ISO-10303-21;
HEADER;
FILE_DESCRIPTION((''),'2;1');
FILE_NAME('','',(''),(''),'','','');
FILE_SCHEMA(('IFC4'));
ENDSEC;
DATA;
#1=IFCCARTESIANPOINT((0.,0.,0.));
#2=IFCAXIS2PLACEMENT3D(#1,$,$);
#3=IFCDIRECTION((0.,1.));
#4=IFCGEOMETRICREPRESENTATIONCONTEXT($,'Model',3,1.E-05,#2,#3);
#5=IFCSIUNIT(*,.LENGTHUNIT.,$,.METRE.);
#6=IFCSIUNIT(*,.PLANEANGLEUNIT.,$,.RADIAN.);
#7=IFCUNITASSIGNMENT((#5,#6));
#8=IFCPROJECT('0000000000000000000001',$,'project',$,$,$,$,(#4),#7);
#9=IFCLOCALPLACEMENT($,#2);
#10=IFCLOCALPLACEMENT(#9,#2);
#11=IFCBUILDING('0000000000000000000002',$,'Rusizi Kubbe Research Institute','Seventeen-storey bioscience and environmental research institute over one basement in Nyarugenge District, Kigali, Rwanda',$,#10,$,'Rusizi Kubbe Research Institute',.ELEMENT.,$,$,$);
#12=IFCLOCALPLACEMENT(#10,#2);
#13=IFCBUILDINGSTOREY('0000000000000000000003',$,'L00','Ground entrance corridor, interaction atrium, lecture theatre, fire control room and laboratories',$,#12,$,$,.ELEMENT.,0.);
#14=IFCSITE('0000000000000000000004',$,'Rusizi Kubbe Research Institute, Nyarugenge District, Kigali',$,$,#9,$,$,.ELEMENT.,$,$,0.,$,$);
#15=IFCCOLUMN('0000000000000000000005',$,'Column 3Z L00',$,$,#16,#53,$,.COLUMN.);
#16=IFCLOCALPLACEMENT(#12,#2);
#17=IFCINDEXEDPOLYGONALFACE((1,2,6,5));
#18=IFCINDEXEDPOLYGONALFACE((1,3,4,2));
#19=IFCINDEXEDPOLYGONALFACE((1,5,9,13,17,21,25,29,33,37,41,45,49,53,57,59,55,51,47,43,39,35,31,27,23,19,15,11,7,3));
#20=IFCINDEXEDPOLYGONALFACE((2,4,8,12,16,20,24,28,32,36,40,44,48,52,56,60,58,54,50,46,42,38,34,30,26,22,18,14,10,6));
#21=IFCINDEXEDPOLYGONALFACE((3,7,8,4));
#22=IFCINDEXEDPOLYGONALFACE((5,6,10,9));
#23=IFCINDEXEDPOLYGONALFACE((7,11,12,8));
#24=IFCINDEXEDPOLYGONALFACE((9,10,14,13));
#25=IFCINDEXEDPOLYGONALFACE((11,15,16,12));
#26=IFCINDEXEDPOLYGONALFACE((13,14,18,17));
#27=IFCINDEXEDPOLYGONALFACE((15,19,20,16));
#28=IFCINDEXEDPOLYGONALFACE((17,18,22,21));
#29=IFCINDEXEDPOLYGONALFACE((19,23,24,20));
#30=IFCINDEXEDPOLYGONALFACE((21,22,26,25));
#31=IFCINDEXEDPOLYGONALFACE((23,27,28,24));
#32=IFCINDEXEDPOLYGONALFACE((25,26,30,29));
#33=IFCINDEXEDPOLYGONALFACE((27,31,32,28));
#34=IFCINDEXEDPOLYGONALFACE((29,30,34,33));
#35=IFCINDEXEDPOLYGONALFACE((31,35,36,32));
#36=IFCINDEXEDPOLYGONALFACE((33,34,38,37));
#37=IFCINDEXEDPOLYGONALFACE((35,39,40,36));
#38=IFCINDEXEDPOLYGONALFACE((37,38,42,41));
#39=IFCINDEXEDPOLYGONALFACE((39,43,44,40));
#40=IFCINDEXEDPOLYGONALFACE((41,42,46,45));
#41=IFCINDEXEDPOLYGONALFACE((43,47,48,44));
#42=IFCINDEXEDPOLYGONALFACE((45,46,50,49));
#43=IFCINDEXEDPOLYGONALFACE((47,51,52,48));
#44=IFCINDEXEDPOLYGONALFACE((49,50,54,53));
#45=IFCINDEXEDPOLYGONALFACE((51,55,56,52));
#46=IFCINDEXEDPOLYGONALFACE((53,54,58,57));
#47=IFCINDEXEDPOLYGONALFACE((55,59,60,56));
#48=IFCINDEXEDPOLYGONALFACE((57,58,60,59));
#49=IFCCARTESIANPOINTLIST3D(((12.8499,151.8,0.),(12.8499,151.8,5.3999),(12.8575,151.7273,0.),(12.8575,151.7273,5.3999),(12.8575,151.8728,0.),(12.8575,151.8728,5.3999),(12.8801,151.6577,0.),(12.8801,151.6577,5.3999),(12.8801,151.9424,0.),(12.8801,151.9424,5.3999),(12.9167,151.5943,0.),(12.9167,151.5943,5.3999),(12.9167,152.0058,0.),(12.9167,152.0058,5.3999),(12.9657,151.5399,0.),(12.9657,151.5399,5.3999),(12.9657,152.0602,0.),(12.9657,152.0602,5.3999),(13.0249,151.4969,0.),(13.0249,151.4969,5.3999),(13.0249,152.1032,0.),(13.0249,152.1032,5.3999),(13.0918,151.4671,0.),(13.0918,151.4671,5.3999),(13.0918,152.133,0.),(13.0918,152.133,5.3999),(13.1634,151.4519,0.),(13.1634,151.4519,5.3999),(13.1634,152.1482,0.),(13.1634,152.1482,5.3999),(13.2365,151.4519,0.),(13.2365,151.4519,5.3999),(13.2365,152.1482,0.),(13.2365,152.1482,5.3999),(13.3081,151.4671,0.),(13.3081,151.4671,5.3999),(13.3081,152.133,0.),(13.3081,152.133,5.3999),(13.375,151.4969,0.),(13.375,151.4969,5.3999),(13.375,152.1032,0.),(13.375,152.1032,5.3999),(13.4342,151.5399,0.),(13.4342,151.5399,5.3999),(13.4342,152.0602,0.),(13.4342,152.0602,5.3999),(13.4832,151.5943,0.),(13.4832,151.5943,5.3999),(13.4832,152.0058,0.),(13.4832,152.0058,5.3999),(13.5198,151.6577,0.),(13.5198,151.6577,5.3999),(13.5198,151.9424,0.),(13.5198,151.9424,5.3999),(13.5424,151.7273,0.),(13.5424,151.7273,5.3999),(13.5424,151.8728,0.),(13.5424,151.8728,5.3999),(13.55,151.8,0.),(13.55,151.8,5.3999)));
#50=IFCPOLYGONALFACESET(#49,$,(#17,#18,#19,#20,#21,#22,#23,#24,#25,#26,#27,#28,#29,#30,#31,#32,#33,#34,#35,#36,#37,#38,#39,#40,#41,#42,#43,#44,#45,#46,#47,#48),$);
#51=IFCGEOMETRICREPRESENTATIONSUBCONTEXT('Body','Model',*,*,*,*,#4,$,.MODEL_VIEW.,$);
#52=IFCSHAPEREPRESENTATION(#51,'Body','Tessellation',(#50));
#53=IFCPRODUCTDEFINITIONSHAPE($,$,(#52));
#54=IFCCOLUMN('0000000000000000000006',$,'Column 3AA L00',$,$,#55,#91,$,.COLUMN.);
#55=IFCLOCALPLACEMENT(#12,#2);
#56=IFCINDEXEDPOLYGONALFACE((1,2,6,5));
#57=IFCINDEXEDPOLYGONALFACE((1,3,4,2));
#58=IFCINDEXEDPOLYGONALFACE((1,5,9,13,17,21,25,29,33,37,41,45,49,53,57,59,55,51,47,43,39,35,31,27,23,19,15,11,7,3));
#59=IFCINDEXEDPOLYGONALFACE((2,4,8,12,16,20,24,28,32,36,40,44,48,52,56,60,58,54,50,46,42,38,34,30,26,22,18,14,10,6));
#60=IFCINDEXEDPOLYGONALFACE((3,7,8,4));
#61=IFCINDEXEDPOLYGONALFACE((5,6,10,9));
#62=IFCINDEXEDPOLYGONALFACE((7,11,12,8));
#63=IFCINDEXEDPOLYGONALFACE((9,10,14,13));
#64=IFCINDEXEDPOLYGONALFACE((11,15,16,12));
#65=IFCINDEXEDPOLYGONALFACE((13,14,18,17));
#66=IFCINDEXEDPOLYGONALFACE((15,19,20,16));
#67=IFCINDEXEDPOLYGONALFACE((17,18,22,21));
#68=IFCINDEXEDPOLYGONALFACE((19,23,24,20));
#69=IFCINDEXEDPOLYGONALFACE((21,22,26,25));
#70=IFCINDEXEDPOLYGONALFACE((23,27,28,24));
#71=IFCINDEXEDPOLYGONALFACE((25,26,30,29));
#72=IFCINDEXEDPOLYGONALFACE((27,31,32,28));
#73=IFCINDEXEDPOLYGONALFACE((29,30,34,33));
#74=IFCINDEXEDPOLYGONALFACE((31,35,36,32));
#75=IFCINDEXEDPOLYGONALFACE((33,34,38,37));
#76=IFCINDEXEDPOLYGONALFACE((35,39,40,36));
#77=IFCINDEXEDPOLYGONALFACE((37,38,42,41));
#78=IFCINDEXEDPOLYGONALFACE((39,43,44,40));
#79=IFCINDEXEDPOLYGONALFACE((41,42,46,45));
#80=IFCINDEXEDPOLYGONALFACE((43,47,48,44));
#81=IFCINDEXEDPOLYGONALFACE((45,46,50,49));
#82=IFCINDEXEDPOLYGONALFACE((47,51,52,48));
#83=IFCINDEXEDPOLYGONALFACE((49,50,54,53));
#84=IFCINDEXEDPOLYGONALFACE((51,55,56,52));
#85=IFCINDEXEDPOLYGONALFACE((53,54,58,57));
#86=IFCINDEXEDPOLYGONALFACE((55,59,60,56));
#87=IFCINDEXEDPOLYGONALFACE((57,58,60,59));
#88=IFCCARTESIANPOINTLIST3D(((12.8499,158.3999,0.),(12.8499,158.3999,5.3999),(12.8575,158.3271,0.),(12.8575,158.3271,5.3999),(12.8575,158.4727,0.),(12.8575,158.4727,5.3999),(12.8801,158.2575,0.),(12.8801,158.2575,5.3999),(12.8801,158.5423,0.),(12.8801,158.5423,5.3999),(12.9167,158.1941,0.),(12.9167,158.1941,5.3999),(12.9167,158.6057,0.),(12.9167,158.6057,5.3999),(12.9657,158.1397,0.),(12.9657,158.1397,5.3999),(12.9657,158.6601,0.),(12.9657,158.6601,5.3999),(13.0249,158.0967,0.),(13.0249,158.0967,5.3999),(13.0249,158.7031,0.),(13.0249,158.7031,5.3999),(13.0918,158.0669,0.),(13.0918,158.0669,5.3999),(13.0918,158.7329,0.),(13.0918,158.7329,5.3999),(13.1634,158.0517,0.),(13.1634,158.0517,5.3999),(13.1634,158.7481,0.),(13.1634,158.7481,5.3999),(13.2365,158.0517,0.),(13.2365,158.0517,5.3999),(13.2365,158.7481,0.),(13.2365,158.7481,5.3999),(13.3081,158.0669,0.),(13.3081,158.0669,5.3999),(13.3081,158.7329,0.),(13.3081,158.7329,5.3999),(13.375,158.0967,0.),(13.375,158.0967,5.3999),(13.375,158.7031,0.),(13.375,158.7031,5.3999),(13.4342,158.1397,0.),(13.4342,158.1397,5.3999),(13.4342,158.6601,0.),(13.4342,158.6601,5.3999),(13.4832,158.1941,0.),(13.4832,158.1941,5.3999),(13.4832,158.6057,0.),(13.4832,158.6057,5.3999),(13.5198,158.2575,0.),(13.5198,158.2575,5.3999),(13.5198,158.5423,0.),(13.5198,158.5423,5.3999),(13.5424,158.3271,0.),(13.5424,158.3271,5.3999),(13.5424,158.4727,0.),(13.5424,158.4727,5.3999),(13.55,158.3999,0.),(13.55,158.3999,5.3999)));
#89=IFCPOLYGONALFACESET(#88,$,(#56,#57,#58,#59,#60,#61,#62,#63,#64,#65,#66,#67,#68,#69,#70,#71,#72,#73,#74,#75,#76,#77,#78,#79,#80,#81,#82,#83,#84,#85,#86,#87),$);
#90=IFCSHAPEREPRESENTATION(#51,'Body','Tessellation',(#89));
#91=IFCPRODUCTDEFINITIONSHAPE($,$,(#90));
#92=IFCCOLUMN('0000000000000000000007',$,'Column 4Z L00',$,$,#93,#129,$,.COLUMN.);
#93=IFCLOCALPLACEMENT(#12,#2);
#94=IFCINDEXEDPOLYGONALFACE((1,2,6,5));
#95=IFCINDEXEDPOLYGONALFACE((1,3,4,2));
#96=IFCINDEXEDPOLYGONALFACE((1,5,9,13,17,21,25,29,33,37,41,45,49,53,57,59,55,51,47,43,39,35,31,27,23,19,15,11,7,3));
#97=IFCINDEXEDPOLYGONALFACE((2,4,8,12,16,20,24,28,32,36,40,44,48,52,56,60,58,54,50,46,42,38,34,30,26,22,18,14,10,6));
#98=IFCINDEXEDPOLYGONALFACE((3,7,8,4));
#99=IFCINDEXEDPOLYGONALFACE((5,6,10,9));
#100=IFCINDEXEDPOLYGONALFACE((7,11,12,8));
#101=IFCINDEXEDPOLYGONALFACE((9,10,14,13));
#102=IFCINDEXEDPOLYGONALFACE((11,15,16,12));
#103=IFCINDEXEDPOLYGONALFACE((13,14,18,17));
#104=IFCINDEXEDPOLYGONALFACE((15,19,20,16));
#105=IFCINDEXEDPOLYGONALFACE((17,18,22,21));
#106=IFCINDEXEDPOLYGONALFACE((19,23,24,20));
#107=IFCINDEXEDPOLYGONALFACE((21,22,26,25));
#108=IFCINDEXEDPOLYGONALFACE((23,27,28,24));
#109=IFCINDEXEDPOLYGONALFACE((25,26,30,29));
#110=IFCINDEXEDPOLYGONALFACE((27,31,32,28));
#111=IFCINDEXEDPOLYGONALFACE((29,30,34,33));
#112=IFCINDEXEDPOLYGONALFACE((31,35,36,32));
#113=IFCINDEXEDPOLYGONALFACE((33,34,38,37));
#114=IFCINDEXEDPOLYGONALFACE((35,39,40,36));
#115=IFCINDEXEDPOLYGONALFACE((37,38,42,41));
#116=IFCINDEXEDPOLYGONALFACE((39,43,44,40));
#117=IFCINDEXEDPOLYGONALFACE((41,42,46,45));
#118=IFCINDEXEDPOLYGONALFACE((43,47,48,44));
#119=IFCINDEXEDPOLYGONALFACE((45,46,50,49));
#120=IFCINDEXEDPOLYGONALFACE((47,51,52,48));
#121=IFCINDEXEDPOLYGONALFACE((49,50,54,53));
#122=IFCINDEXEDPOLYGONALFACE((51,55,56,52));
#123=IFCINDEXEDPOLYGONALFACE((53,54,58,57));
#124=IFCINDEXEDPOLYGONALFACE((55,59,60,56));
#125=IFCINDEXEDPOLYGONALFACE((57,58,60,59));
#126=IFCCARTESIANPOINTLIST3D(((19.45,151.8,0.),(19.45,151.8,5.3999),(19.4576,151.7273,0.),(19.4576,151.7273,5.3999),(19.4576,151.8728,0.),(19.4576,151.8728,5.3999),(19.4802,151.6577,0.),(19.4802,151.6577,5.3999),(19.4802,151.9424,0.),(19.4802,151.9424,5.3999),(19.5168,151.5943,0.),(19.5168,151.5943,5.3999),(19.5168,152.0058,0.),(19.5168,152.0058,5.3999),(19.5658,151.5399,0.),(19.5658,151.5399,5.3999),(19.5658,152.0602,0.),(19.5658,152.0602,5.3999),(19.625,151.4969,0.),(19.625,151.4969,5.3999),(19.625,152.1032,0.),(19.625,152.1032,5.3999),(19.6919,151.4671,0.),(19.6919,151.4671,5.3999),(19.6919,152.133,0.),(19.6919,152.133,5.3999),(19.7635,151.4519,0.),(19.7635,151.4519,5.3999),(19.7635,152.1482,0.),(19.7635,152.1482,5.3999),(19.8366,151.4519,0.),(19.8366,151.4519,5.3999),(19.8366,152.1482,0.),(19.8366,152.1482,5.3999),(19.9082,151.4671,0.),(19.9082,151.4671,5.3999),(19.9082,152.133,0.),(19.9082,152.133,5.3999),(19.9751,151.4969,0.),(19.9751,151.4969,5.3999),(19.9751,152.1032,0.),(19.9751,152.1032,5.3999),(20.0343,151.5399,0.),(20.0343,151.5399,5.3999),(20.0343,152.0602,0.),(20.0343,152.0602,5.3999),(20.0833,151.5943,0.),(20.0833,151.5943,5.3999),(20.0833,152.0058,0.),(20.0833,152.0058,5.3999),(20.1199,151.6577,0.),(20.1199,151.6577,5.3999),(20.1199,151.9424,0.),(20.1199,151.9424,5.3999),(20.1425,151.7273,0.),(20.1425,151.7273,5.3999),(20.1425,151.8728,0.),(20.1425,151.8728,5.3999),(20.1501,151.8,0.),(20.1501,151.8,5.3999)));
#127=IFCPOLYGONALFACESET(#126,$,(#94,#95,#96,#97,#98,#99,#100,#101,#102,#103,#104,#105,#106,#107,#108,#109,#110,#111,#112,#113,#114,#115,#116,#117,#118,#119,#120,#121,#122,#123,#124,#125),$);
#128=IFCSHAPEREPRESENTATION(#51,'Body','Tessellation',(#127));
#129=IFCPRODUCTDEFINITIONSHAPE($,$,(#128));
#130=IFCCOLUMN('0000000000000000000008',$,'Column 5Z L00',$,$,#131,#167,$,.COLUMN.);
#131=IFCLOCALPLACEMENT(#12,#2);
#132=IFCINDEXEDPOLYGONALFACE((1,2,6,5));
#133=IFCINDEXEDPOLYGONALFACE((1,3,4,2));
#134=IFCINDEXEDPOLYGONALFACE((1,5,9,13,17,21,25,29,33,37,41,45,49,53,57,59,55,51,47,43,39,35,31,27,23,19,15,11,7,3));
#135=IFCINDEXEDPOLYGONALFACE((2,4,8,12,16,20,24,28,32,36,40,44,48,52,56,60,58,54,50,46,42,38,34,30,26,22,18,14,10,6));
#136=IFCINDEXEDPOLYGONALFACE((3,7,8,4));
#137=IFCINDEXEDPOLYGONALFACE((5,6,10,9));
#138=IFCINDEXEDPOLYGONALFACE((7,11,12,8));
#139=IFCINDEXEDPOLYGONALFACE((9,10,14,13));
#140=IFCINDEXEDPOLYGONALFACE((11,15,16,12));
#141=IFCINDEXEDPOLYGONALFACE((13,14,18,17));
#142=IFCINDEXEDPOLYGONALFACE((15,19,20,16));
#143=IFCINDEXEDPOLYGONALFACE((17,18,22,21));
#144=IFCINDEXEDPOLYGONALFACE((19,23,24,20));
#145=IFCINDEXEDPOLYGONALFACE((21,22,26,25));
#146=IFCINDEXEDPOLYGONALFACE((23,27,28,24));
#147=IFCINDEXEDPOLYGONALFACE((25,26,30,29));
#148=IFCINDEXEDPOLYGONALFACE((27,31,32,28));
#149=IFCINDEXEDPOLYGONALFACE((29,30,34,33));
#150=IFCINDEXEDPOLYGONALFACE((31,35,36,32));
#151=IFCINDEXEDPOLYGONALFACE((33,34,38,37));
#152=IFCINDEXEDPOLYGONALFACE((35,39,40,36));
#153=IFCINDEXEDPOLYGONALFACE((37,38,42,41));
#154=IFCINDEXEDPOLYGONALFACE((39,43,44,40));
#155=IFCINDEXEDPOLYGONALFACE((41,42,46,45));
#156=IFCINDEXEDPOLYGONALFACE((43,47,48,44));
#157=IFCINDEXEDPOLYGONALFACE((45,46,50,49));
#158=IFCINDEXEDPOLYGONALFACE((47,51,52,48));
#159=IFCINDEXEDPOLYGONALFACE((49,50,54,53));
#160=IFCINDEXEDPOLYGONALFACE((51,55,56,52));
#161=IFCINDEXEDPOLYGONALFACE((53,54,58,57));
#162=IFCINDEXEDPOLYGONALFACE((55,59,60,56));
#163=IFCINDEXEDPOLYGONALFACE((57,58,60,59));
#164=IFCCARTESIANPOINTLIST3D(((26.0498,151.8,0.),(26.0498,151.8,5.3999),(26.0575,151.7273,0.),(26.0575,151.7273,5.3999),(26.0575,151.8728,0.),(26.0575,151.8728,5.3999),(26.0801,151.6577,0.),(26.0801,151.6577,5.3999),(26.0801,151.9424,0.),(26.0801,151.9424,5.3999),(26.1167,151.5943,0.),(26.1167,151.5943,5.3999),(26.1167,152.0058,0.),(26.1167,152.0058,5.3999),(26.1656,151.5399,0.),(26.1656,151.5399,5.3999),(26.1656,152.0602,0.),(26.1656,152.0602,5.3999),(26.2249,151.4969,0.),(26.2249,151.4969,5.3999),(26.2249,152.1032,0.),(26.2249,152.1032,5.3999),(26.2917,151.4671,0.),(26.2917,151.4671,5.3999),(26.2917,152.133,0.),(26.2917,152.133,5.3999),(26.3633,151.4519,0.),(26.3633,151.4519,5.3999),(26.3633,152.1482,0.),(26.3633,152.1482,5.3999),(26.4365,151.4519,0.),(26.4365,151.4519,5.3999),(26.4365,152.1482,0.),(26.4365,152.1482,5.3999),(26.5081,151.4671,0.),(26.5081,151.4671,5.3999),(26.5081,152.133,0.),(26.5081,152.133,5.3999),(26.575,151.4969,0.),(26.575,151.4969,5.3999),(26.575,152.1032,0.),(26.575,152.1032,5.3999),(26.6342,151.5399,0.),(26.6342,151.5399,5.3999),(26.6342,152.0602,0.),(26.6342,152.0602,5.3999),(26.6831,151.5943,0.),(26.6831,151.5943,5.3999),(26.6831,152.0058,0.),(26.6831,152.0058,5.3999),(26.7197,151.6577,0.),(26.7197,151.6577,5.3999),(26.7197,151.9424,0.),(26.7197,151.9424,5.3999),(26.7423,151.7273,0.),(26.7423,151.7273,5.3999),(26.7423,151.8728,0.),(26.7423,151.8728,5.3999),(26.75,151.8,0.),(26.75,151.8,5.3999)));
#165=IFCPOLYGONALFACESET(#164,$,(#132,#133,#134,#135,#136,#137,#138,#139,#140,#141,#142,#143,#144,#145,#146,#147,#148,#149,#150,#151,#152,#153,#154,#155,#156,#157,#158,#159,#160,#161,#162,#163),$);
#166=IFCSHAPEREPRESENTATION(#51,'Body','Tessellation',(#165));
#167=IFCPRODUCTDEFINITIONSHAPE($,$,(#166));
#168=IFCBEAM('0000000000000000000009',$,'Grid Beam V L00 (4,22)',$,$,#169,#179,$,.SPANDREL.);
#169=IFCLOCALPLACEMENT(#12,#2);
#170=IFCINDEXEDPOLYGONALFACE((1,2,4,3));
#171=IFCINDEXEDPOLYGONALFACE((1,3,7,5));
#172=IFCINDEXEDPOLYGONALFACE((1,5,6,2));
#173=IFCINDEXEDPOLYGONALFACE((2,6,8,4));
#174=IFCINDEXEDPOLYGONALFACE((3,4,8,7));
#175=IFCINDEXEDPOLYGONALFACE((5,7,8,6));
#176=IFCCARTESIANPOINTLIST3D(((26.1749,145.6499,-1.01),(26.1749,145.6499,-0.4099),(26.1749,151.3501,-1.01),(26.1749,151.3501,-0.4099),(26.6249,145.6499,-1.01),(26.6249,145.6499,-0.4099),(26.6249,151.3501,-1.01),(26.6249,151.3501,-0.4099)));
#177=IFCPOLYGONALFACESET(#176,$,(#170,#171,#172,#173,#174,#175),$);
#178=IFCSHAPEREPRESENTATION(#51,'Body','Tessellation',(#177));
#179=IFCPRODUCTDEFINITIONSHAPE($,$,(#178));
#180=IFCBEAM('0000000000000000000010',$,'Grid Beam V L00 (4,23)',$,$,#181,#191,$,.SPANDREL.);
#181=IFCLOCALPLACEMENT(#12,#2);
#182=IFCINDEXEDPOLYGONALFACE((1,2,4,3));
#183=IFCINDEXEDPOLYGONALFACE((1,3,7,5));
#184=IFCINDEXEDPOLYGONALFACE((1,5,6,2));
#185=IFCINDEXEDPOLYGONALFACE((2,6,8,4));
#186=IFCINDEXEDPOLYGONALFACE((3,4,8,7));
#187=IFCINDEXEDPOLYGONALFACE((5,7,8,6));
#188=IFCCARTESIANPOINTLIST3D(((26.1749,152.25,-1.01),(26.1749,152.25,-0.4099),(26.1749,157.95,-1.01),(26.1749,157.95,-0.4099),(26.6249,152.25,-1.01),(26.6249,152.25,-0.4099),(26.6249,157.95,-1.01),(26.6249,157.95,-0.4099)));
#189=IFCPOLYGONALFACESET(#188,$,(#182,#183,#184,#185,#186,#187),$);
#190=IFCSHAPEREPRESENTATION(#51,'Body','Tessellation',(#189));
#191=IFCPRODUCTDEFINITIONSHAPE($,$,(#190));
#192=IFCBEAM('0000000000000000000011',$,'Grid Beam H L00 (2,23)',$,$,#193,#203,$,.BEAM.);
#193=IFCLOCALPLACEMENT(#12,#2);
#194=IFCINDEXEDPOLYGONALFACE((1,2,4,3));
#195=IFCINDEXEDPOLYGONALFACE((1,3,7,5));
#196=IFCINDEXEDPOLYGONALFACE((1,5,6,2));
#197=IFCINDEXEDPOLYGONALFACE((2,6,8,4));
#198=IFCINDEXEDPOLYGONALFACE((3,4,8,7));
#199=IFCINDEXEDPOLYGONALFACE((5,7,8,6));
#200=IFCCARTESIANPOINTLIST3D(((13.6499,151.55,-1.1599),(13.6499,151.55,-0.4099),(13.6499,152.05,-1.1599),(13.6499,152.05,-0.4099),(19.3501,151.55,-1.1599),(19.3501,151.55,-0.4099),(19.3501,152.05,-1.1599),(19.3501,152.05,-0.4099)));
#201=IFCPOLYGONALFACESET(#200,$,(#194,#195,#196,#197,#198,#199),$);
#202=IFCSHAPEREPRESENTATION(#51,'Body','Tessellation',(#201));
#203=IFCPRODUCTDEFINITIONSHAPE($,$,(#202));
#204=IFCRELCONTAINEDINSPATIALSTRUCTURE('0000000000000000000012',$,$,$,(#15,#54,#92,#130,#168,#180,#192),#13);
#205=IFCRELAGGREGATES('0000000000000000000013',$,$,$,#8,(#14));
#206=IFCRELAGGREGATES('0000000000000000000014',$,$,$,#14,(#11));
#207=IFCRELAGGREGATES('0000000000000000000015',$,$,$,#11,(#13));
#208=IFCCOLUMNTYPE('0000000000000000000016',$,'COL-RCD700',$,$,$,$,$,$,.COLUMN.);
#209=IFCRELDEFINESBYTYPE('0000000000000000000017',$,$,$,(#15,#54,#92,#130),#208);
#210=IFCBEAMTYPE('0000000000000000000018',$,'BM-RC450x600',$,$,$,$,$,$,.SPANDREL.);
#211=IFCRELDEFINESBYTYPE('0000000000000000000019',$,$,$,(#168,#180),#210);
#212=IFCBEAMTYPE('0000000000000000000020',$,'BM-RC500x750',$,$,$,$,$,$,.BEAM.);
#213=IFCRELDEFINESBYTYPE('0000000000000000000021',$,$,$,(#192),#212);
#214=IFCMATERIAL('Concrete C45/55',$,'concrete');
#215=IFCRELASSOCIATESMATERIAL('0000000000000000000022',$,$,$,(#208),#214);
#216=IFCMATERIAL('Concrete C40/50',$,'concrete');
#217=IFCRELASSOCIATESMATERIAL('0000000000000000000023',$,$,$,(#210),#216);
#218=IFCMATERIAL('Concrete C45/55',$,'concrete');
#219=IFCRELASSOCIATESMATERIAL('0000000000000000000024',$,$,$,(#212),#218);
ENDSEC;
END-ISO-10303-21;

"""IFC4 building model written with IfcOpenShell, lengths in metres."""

from ifc_helpers import new_model, si_unit, direction, frame, origin, origin_2d, place, context, subcontext, project, spatial, rectangle, circle, extrude, material, material_profile, profile_set, type_object, element, save


model = new_model("IFC4")

# Units and contexts
model_context = context("Model", 3, precision=1e-05, world=origin(), true_north=direction((0.0, 1.0)))
body_context = subcontext(model_context, "Body", "Model", "MODEL_VIEW")
ifc_project = project(units=[si_unit("LENGTHUNIT", "METRE"), si_unit("PLANEANGLEUNIT", "RADIAN")], contexts=[model_context])

# Site, building, storey
site_placement = place(None, origin())
site = spatial("IfcSite", under=ifc_project, at=site_placement, Name="Rusizi Kubbe Research Institute, Nyarugenge District, Kigali", CompositionType="ELEMENT", RefElevation=0.0)
building_placement = place(site_placement, origin())
building = spatial("IfcBuilding", under=site, at=building_placement, Name="Rusizi Kubbe Research Institute", Description="Seventeen-storey bioscience and environmental research institute over one basement in Nyarugenge District, Kigali, Rwanda", LongName="Rusizi Kubbe Research Institute", CompositionType="ELEMENT")
storey_placement = place(building_placement, origin())
storey = spatial("IfcBuildingStorey", under=building, at=storey_placement, Name="L00", Description="Ground entrance corridor, interaction atrium, lecture theatre, fire control room and laboratories", CompositionType="ELEMENT", Elevation=0.0)

# Columns
ifc_material_1 = material(Name="Concrete C45/55", Category="concrete")
ifc_material_profile_1 = material_profile(ifc_material_1, circle(Radius=0.3501, at=origin_2d()), Name="RCD700")
ifc_profile_set_1 = profile_set([ifc_material_profile_1], Name="Concrete C45/55")
column_type = type_object("IfcColumnType", Name="COL-RCD700", PredefinedType="COLUMN", material=ifc_profile_set_1)
for number, where, z_axis, x_axis, name in (
    (1, (13.2, 151.8, 0.0), (0.0, 0.0, 1.0), (1.0, 0.0, 0.0), "Column 3Z L00"),
    (2, (13.2, 158.3999, 0.0), (0.0, 0.0, 1.0), (1.0, 0.0, 0.0), "Column 3AA L00"),
    (3, (19.8, 151.8, 0.0), (0.0, 0.0, 1.0), (1.0, 0.0, 0.0), "Column 4Z L00"),
    (4, (26.3999, 151.8, 0.0), (0.0, 0.0, 1.0), (1.0, 0.0, 0.0), "Column 5Z L00"),
):
    element("IfcColumn", number, at=place(storey_placement, frame(where, z_axis=z_axis, x_axis=x_axis)), inside=storey, type_object=column_type, Name=name, PredefinedType="COLUMN", context=body_context, shape_type="SweptSolid", body=[
        extrude(circle(Radius=0.3501, at=origin_2d()), origin(), (0.0, 0.0, 1.0), 5.3999),
    ])

# Beams
ifc_material_2 = material(Name="Concrete C40/50", Category="concrete")
ifc_material_profile_2 = material_profile(ifc_material_2, rectangle(XDim=0.45, YDim=0.6001, at=origin_2d()), Name="RC450x600")
ifc_profile_set_2 = profile_set([ifc_material_profile_2], Name="Concrete C40/50")
beam_type_1 = type_object("IfcBeamType", Name="BM-RC450x600", PredefinedType="SPANDREL", material=ifc_profile_set_2)
beam_1_placement = place(storey_placement, frame((26.3999, 145.6499, -0.71), z_axis=(0.0, 1.0, 0.0), x_axis=(-1.0, 0.0, 0.0)))
element("IfcBeam", 5, at=beam_1_placement, inside=storey, type_object=beam_type_1, Name="Grid Beam V L00 (4,22)", PredefinedType="SPANDREL", context=body_context, shape_type="SweptSolid", body=[
    extrude(rectangle(XDim=0.45, YDim=0.6001, at=origin_2d()), origin(), (0.0, 0.0, 1.0), 5.7002),
])
beam_2_placement = place(storey_placement, frame((26.3999, 152.25, -0.71), z_axis=(0.0, 1.0, 0.0), x_axis=(-1.0, 0.0, 0.0)))
element("IfcBeam", 6, at=beam_2_placement, inside=storey, type_object=beam_type_1, Name="Grid Beam V L00 (4,23)", PredefinedType="SPANDREL", context=body_context, shape_type="SweptSolid", body=[
    extrude(rectangle(XDim=0.45, YDim=0.6001, at=origin_2d()), origin(), (0.0, 0.0, 1.0), 5.7),
])
ifc_material_3 = material(Name="Concrete C45/55", Category="concrete")
ifc_material_profile_3 = material_profile(ifc_material_3, rectangle(XDim=0.5, YDim=0.75, at=origin_2d()), Name="RC500x750B")
ifc_profile_set_3 = profile_set([ifc_material_profile_3], Name="Concrete C45/55")
beam_type_2 = type_object("IfcBeamType", Name="BM-RC500x750", PredefinedType="BEAM", material=ifc_profile_set_3)
beam_3_placement = place(storey_placement, frame((13.6499, 151.8, -0.7849), z_axis=(1.0, 0.0, 0.0), x_axis=(0.0, 1.0, 0.0)))
element("IfcBeam", 7, at=beam_3_placement, inside=storey, type_object=beam_type_2, Name="Grid Beam H L00 (2,23)", PredefinedType="BEAM", context=body_context, shape_type="SweptSolid", body=[
    extrude(rectangle(XDim=0.5, YDim=0.75, at=origin_2d()), origin(), (0.0, 0.0, 1.0), 5.7002),
])

save(model, "model.ifc")
